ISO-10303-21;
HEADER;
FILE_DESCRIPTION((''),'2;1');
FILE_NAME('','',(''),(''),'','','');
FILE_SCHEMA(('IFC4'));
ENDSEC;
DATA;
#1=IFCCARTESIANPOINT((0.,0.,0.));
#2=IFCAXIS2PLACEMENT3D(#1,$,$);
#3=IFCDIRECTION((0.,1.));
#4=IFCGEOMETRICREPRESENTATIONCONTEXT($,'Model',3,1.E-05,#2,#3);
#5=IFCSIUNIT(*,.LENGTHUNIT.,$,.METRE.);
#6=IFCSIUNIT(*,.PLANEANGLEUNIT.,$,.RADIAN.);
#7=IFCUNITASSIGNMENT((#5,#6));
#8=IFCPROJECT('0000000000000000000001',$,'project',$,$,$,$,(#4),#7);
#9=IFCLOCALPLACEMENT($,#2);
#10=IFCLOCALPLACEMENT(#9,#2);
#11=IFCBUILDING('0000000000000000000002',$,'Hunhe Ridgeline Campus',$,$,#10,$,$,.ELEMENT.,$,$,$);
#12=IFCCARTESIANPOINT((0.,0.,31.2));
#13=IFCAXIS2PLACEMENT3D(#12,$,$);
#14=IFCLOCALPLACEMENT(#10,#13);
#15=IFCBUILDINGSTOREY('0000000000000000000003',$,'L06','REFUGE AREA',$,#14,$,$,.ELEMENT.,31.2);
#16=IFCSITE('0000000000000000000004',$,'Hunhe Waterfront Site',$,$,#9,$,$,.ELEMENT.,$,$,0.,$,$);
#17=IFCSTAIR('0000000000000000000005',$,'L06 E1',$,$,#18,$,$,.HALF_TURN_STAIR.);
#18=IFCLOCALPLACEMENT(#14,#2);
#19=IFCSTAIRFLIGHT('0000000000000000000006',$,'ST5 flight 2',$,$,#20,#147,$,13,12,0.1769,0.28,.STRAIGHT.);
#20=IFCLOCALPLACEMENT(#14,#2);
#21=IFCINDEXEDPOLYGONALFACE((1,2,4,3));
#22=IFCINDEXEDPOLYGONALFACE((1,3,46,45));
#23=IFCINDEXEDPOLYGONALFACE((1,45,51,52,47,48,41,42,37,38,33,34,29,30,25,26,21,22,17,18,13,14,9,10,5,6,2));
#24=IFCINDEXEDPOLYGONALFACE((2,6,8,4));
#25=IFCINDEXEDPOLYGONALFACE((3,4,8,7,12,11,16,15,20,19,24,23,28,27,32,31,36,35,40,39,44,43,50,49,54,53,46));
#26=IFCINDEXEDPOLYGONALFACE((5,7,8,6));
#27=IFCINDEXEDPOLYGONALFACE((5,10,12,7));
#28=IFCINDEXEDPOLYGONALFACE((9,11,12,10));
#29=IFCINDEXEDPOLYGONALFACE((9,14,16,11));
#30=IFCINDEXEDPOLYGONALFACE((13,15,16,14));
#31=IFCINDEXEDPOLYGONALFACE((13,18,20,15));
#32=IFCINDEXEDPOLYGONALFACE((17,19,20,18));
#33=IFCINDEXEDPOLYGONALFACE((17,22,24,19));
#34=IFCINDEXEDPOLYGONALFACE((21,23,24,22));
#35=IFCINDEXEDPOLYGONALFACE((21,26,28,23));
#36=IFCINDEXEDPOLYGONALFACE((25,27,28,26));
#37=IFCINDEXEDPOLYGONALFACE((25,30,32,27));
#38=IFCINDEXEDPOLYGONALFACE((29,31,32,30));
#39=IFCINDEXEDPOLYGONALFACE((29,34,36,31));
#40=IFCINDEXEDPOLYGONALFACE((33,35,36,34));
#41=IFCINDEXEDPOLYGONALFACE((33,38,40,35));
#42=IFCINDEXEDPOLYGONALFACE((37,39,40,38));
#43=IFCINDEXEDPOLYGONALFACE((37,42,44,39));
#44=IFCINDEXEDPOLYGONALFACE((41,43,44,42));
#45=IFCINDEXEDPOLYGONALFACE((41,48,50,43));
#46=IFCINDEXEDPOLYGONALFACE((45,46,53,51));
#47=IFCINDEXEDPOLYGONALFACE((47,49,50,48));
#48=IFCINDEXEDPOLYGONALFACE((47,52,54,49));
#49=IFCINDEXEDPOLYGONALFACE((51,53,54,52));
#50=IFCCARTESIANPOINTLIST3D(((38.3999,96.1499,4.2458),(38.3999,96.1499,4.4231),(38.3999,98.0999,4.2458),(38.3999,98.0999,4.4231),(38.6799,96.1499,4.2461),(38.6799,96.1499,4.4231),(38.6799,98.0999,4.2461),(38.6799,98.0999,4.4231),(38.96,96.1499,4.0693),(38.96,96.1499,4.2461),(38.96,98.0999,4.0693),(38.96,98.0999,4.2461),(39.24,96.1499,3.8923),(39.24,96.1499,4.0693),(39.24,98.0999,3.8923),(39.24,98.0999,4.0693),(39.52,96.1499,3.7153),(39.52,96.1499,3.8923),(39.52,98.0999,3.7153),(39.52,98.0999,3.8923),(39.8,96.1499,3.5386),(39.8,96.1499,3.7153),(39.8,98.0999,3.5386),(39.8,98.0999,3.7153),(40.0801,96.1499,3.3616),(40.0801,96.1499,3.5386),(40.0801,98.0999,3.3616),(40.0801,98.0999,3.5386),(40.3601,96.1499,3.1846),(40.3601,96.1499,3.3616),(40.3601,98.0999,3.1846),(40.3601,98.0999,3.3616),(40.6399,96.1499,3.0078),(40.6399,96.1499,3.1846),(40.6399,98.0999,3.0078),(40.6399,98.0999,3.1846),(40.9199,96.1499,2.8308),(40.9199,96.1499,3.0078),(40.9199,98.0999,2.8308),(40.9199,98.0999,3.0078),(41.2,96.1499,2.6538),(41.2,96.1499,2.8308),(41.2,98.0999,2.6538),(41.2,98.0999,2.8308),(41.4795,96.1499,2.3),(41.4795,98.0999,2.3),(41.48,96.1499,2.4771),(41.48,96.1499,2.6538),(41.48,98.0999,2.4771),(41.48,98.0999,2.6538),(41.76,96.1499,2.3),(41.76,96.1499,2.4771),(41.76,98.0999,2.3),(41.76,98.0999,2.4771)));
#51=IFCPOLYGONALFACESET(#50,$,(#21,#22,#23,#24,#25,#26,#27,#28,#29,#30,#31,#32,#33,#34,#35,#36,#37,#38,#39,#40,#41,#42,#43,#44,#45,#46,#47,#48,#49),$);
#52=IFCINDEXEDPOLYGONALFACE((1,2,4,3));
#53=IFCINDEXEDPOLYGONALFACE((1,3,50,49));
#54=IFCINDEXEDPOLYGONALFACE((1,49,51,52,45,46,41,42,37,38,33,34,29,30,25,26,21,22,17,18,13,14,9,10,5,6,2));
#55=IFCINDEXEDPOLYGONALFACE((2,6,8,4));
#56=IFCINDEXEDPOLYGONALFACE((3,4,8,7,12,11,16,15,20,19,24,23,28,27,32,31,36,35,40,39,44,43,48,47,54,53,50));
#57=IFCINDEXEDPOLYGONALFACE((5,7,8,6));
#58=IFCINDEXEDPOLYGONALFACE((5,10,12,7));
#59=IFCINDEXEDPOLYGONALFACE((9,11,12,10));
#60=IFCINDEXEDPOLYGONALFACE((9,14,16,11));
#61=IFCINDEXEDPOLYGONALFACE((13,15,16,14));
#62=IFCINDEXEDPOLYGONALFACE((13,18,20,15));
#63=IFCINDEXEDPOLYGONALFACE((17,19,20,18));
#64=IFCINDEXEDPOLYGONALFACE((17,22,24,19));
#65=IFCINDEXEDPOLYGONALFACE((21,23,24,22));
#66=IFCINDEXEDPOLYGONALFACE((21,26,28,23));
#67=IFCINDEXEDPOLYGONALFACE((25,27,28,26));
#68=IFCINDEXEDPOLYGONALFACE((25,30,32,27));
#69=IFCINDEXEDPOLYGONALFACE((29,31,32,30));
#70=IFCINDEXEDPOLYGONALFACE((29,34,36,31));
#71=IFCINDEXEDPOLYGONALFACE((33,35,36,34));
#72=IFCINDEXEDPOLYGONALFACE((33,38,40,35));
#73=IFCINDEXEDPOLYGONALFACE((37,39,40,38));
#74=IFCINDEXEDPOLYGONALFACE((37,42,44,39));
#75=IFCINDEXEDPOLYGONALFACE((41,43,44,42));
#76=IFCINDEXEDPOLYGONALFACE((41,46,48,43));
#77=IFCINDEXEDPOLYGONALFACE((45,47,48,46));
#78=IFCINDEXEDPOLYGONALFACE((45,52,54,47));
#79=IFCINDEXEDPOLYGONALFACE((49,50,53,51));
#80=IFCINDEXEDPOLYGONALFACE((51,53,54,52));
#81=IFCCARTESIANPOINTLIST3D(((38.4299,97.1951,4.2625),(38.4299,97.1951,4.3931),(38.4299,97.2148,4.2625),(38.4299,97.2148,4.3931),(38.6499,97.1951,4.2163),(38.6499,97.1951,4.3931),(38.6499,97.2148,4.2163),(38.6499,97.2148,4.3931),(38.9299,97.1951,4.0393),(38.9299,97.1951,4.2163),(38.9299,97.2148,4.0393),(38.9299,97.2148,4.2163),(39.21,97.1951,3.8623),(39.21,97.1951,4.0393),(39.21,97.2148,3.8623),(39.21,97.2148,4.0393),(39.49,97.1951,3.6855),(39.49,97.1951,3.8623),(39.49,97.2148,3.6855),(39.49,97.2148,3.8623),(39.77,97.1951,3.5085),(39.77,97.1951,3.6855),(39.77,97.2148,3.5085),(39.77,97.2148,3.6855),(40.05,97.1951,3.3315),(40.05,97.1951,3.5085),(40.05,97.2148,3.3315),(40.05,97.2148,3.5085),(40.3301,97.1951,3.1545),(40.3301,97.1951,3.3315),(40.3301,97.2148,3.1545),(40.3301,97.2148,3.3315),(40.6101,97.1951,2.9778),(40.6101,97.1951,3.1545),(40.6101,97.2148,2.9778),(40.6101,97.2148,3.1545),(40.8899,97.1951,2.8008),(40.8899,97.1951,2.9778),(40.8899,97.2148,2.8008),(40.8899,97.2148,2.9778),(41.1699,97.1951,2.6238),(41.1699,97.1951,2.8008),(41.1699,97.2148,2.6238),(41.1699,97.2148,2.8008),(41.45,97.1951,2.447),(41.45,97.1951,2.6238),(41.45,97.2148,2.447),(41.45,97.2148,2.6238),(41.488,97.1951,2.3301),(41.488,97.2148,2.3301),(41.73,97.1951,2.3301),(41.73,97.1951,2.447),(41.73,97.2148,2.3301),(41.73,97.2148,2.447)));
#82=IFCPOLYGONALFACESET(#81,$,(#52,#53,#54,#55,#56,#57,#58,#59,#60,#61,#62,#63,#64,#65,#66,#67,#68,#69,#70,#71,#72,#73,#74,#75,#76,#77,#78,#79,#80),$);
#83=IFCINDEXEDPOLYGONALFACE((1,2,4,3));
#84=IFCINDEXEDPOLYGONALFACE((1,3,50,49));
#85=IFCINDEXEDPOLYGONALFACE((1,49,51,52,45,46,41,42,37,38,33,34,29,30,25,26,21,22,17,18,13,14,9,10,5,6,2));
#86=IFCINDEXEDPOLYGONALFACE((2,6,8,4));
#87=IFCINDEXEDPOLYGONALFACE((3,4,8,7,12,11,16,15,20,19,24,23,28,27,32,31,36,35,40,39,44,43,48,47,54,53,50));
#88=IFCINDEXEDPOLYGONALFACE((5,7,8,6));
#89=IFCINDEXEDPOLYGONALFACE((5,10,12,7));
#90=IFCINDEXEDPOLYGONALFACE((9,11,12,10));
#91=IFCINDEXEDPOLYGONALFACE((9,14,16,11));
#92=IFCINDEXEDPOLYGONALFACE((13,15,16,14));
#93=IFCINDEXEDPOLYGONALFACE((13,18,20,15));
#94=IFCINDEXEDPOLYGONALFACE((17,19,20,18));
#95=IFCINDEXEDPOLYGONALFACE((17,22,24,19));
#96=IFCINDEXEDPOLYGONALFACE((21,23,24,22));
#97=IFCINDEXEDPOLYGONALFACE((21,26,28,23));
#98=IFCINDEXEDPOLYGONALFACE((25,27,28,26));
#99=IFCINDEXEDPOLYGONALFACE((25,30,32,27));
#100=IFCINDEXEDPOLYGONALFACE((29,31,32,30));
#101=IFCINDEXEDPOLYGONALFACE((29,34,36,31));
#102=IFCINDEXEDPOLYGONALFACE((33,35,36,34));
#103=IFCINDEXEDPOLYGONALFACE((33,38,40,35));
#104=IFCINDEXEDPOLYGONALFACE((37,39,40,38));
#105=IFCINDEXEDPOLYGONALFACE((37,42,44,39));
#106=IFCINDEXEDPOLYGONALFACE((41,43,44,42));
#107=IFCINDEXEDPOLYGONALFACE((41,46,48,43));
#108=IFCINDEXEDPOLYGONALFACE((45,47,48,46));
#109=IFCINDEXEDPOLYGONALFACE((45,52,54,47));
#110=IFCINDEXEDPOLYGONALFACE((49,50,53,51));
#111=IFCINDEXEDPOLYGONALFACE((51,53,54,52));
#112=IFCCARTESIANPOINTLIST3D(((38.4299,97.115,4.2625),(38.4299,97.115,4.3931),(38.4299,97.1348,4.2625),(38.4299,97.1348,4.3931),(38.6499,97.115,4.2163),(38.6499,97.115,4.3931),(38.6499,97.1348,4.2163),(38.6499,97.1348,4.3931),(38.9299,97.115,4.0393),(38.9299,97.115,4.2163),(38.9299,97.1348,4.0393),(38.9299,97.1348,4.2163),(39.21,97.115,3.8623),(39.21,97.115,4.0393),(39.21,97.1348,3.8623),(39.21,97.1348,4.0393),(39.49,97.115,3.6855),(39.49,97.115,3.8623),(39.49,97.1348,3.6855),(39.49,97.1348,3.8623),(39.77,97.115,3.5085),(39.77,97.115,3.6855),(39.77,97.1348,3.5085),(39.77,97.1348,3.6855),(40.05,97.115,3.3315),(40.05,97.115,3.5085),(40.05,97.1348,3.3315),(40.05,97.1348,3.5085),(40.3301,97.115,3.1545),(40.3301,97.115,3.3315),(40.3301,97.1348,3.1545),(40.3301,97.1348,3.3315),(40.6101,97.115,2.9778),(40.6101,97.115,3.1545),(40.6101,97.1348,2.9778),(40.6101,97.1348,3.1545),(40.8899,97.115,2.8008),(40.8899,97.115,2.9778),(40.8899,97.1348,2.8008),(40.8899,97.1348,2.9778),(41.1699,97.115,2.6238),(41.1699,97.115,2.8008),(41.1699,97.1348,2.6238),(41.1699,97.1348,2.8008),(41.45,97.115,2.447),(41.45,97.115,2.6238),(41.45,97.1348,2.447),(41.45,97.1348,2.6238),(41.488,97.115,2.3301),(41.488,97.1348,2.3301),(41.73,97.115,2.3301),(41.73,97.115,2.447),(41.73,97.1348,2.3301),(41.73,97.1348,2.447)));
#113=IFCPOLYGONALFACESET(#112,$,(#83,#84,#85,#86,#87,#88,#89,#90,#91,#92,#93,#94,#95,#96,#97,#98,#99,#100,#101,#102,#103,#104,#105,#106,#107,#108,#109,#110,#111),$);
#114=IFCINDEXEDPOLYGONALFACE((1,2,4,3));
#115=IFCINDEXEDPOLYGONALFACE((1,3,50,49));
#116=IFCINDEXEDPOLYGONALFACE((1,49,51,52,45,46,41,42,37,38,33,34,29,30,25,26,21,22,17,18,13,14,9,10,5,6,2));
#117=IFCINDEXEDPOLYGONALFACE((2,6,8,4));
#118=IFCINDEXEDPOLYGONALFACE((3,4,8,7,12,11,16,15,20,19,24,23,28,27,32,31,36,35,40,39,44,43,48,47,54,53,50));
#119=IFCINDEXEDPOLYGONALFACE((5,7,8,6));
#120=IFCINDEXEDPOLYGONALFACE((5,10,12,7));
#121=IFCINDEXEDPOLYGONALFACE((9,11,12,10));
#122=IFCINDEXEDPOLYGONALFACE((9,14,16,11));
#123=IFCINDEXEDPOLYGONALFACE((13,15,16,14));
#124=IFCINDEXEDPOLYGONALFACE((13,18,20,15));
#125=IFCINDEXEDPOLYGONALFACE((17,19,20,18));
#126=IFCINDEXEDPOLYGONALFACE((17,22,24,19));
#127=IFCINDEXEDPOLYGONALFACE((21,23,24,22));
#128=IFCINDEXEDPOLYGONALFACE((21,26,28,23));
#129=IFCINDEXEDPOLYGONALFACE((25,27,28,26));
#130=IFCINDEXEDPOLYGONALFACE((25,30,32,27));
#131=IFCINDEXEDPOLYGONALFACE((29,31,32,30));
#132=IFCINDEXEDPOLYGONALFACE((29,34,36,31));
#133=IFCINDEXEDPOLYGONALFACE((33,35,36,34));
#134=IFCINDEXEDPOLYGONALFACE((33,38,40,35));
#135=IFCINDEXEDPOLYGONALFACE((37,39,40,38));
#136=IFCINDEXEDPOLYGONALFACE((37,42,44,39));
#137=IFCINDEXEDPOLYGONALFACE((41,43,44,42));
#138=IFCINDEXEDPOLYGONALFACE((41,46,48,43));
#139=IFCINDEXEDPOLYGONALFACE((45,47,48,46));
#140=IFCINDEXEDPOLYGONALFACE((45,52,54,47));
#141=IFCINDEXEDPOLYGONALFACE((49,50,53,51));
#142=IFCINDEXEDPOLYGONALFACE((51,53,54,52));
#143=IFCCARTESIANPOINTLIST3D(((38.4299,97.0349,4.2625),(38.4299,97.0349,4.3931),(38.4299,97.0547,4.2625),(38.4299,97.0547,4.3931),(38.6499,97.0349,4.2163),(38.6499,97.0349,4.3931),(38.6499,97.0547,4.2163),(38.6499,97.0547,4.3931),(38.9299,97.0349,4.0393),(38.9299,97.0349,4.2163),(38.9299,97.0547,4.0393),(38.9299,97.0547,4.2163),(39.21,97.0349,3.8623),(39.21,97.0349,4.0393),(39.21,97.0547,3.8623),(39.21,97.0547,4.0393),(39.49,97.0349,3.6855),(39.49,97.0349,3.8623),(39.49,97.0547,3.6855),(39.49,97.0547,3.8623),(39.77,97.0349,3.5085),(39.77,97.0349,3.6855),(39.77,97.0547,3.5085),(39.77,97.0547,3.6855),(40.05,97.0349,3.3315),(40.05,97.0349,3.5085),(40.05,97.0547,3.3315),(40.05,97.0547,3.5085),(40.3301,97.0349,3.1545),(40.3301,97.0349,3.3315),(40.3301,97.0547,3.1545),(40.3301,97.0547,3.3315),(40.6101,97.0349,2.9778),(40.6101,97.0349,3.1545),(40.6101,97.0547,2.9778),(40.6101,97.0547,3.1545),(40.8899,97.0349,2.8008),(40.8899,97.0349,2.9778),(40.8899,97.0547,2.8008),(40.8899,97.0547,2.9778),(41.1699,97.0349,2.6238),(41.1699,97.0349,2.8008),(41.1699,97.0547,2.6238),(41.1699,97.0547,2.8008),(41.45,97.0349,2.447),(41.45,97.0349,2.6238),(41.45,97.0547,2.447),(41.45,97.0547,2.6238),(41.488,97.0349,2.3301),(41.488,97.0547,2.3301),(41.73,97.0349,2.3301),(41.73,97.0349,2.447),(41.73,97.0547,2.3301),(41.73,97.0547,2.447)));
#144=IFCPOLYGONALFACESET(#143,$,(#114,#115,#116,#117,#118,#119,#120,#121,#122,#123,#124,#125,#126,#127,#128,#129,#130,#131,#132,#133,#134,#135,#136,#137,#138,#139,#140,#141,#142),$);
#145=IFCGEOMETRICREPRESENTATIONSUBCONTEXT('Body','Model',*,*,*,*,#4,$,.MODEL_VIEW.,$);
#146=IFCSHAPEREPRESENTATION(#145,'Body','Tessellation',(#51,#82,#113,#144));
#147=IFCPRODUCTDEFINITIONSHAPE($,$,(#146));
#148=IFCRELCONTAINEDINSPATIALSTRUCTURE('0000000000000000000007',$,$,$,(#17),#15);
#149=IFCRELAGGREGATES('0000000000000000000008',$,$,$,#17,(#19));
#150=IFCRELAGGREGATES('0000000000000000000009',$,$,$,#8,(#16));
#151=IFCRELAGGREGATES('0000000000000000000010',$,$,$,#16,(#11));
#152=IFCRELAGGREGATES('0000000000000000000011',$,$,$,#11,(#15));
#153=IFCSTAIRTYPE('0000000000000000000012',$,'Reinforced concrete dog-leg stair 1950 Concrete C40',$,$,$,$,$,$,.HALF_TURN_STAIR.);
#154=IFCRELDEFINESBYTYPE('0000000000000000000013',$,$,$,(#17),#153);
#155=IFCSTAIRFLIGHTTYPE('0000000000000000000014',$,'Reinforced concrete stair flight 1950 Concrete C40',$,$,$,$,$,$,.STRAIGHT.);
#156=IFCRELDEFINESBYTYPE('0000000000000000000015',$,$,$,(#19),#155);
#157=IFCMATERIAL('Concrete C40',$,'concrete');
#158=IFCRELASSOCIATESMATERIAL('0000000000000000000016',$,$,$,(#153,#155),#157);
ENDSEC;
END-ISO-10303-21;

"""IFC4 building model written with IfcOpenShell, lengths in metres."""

from ifc_helpers import new_model, si_unit, direction, frame, origin, place, context, subcontext, project, spatial, polyline, outline, extrude, material, type_object, element, aggregate, save


model = new_model("IFC4")

# Units and contexts
model_context = context("Model", 3, precision=1e-05, world=origin(), true_north=direction((0.0, 1.0)))
body_context = subcontext(model_context, "Body", "Model", "MODEL_VIEW")
ifc_project = project(units=[si_unit("LENGTHUNIT", "METRE"), si_unit("PLANEANGLEUNIT", "RADIAN")], contexts=[model_context])

# Site, building, storey
site_placement = place(None, origin())
site = spatial("IfcSite", under=ifc_project, at=site_placement, Name="Hunhe Waterfront Site", CompositionType="ELEMENT", RefElevation=0.0)
building_placement = place(site_placement, origin())
building = spatial("IfcBuilding", under=site, at=building_placement, Name="Hunhe Ridgeline Campus", CompositionType="ELEMENT")
storey_placement = place(building_placement, frame((0.0, 0.0, 31.2)))
storey = spatial("IfcBuildingStorey", under=building, at=storey_placement, Name="L06", Description="REFUGE AREA", CompositionType="ELEMENT", Elevation=31.2)

# Stair, stair flight
ifc_material_1 = material(Name="Concrete C40", Category="concrete")
stair_type = type_object("IfcStairType", Name="Reinforced concrete dog-leg stair 1950 Concrete C40", PredefinedType="HALF_TURN_STAIR", material=ifc_material_1)
stair_1_placement = place(storey_placement, origin())
stair_1 = element("IfcStair", 1, at=stair_1_placement, inside=storey, type_object=stair_type, Name="L06 E1", PredefinedType="HALF_TURN_STAIR")
stair_flight_type = type_object("IfcStairFlightType", Name="Reinforced concrete stair flight 1950 Concrete C40", PredefinedType="STRAIGHT", material=ifc_material_1)
stair_flight_1_placement = place(storey_placement, frame((41.76, 97.125, 2.3), z_axis=(0.0, 0.0, 1.0), x_axis=(-1.0, 0.0, 0.0)))
stair_flight_1 = element("IfcStairFlight", 2, at=stair_flight_1_placement, type_object=stair_flight_type, Name="ST5 flight 2", NumberOfRisers=13, NumberOfTreads=12, PredefinedType="STRAIGHT", RiserHeight=0.1769, TreadLength=0.28, context=body_context, shape_type="SweptSolid", body=[
    extrude(outline(polyline([(0.0, 0.0), (0.0, 0.177), (0.28, 0.177), (0.28, 0.3538), (0.5601, 0.3538), (0.5601, 0.5308), (0.8401, 0.5308), (0.8401, 0.7078), (1.1201, 0.7078), (1.1201, 0.8845), (1.3999, 0.8845), (1.3999, 1.0615), (1.6799, 1.0615), (1.6799, 1.2385), (1.96, 1.2385), (1.96, 1.4153), (2.24, 1.4153), (2.24, 1.5923), (2.52, 1.5923), (2.52, 1.7693), (2.8, 1.7693), (2.8, 1.946), (3.0801, 1.946), (3.0801, 2.123), (3.3601, 2.123), (3.3601, 2.3), (3.3601, 1.9458), (0.2805, 0.0), (0.0, 0.0)])), frame((0.0, 0.9751, 0.0), z_axis=(0.0, -1.0, 0.0), x_axis=(1.0, 0.0, 0.0)), (0.0, 0.0, 1.0), 1.95),
    extrude(outline(polyline([(0.03, 0.03), (0.03, 0.147), (0.3101, 0.147), (0.3101, 0.3237), (0.5901, 0.3237), (0.5901, 0.5007), (0.8701, 0.5007), (0.8701, 0.6777), (1.1499, 0.6777), (1.1499, 0.8545), (1.4299, 0.8545), (1.4299, 1.0315), (1.71, 1.0315), (1.71, 1.2085), (1.99, 1.2085), (1.99, 1.3855), (2.27, 1.3855), (2.27, 1.5623), (2.55, 1.5623), (2.55, 1.7393), (2.8301, 1.7393), (2.8301, 1.9163), (3.1101, 1.9163), (3.1101, 2.093), (3.3301, 2.093), (3.3301, 1.9624), (0.272, 0.03), (0.03, 0.03)])), frame((0.0, -0.0701, 0.0), z_axis=(0.0, -1.0, 0.0), x_axis=(1.0, 0.0, 0.0)), (0.0, 0.0, 1.0), 0.0198),
    extrude(outline(polyline([(0.03, 0.03), (0.03, 0.147), (0.3101, 0.147), (0.3101, 0.3237), (0.5901, 0.3237), (0.5901, 0.5007), (0.8701, 0.5007), (0.8701, 0.6777), (1.1499, 0.6777), (1.1499, 0.8545), (1.4299, 0.8545), (1.4299, 1.0315), (1.71, 1.0315), (1.71, 1.2085), (1.99, 1.2085), (1.99, 1.3855), (2.27, 1.3855), (2.27, 1.5623), (2.55, 1.5623), (2.55, 1.7393), (2.8301, 1.7393), (2.8301, 1.9163), (3.1101, 1.9163), (3.1101, 2.093), (3.3301, 2.093), (3.3301, 1.9624), (0.272, 0.03), (0.03, 0.03)])), frame((0.0, 0.01, 0.0), z_axis=(0.0, -1.0, 0.0), x_axis=(1.0, 0.0, 0.0)), (0.0, 0.0, 1.0), 0.0198),
    extrude(outline(polyline([(0.03, 0.03), (0.03, 0.147), (0.3101, 0.147), (0.3101, 0.3237), (0.5901, 0.3237), (0.5901, 0.5007), (0.8701, 0.5007), (0.8701, 0.6777), (1.1499, 0.6777), (1.1499, 0.8545), (1.4299, 0.8545), (1.4299, 1.0315), (1.71, 1.0315), (1.71, 1.2085), (1.99, 1.2085), (1.99, 1.3855), (2.27, 1.3855), (2.27, 1.5623), (2.55, 1.5623), (2.55, 1.7393), (2.8301, 1.7393), (2.8301, 1.9163), (3.1101, 1.9163), (3.1101, 2.093), (3.3301, 2.093), (3.3301, 1.9624), (0.272, 0.03), (0.03, 0.03)])), frame((0.0, 0.0901, 0.0), z_axis=(0.0, -1.0, 0.0), x_axis=(1.0, 0.0, 0.0)), (0.0, 0.0, 1.0), 0.0198),
])
aggregate(stair_1, [stair_flight_1])

save(model, "model.ifc")
